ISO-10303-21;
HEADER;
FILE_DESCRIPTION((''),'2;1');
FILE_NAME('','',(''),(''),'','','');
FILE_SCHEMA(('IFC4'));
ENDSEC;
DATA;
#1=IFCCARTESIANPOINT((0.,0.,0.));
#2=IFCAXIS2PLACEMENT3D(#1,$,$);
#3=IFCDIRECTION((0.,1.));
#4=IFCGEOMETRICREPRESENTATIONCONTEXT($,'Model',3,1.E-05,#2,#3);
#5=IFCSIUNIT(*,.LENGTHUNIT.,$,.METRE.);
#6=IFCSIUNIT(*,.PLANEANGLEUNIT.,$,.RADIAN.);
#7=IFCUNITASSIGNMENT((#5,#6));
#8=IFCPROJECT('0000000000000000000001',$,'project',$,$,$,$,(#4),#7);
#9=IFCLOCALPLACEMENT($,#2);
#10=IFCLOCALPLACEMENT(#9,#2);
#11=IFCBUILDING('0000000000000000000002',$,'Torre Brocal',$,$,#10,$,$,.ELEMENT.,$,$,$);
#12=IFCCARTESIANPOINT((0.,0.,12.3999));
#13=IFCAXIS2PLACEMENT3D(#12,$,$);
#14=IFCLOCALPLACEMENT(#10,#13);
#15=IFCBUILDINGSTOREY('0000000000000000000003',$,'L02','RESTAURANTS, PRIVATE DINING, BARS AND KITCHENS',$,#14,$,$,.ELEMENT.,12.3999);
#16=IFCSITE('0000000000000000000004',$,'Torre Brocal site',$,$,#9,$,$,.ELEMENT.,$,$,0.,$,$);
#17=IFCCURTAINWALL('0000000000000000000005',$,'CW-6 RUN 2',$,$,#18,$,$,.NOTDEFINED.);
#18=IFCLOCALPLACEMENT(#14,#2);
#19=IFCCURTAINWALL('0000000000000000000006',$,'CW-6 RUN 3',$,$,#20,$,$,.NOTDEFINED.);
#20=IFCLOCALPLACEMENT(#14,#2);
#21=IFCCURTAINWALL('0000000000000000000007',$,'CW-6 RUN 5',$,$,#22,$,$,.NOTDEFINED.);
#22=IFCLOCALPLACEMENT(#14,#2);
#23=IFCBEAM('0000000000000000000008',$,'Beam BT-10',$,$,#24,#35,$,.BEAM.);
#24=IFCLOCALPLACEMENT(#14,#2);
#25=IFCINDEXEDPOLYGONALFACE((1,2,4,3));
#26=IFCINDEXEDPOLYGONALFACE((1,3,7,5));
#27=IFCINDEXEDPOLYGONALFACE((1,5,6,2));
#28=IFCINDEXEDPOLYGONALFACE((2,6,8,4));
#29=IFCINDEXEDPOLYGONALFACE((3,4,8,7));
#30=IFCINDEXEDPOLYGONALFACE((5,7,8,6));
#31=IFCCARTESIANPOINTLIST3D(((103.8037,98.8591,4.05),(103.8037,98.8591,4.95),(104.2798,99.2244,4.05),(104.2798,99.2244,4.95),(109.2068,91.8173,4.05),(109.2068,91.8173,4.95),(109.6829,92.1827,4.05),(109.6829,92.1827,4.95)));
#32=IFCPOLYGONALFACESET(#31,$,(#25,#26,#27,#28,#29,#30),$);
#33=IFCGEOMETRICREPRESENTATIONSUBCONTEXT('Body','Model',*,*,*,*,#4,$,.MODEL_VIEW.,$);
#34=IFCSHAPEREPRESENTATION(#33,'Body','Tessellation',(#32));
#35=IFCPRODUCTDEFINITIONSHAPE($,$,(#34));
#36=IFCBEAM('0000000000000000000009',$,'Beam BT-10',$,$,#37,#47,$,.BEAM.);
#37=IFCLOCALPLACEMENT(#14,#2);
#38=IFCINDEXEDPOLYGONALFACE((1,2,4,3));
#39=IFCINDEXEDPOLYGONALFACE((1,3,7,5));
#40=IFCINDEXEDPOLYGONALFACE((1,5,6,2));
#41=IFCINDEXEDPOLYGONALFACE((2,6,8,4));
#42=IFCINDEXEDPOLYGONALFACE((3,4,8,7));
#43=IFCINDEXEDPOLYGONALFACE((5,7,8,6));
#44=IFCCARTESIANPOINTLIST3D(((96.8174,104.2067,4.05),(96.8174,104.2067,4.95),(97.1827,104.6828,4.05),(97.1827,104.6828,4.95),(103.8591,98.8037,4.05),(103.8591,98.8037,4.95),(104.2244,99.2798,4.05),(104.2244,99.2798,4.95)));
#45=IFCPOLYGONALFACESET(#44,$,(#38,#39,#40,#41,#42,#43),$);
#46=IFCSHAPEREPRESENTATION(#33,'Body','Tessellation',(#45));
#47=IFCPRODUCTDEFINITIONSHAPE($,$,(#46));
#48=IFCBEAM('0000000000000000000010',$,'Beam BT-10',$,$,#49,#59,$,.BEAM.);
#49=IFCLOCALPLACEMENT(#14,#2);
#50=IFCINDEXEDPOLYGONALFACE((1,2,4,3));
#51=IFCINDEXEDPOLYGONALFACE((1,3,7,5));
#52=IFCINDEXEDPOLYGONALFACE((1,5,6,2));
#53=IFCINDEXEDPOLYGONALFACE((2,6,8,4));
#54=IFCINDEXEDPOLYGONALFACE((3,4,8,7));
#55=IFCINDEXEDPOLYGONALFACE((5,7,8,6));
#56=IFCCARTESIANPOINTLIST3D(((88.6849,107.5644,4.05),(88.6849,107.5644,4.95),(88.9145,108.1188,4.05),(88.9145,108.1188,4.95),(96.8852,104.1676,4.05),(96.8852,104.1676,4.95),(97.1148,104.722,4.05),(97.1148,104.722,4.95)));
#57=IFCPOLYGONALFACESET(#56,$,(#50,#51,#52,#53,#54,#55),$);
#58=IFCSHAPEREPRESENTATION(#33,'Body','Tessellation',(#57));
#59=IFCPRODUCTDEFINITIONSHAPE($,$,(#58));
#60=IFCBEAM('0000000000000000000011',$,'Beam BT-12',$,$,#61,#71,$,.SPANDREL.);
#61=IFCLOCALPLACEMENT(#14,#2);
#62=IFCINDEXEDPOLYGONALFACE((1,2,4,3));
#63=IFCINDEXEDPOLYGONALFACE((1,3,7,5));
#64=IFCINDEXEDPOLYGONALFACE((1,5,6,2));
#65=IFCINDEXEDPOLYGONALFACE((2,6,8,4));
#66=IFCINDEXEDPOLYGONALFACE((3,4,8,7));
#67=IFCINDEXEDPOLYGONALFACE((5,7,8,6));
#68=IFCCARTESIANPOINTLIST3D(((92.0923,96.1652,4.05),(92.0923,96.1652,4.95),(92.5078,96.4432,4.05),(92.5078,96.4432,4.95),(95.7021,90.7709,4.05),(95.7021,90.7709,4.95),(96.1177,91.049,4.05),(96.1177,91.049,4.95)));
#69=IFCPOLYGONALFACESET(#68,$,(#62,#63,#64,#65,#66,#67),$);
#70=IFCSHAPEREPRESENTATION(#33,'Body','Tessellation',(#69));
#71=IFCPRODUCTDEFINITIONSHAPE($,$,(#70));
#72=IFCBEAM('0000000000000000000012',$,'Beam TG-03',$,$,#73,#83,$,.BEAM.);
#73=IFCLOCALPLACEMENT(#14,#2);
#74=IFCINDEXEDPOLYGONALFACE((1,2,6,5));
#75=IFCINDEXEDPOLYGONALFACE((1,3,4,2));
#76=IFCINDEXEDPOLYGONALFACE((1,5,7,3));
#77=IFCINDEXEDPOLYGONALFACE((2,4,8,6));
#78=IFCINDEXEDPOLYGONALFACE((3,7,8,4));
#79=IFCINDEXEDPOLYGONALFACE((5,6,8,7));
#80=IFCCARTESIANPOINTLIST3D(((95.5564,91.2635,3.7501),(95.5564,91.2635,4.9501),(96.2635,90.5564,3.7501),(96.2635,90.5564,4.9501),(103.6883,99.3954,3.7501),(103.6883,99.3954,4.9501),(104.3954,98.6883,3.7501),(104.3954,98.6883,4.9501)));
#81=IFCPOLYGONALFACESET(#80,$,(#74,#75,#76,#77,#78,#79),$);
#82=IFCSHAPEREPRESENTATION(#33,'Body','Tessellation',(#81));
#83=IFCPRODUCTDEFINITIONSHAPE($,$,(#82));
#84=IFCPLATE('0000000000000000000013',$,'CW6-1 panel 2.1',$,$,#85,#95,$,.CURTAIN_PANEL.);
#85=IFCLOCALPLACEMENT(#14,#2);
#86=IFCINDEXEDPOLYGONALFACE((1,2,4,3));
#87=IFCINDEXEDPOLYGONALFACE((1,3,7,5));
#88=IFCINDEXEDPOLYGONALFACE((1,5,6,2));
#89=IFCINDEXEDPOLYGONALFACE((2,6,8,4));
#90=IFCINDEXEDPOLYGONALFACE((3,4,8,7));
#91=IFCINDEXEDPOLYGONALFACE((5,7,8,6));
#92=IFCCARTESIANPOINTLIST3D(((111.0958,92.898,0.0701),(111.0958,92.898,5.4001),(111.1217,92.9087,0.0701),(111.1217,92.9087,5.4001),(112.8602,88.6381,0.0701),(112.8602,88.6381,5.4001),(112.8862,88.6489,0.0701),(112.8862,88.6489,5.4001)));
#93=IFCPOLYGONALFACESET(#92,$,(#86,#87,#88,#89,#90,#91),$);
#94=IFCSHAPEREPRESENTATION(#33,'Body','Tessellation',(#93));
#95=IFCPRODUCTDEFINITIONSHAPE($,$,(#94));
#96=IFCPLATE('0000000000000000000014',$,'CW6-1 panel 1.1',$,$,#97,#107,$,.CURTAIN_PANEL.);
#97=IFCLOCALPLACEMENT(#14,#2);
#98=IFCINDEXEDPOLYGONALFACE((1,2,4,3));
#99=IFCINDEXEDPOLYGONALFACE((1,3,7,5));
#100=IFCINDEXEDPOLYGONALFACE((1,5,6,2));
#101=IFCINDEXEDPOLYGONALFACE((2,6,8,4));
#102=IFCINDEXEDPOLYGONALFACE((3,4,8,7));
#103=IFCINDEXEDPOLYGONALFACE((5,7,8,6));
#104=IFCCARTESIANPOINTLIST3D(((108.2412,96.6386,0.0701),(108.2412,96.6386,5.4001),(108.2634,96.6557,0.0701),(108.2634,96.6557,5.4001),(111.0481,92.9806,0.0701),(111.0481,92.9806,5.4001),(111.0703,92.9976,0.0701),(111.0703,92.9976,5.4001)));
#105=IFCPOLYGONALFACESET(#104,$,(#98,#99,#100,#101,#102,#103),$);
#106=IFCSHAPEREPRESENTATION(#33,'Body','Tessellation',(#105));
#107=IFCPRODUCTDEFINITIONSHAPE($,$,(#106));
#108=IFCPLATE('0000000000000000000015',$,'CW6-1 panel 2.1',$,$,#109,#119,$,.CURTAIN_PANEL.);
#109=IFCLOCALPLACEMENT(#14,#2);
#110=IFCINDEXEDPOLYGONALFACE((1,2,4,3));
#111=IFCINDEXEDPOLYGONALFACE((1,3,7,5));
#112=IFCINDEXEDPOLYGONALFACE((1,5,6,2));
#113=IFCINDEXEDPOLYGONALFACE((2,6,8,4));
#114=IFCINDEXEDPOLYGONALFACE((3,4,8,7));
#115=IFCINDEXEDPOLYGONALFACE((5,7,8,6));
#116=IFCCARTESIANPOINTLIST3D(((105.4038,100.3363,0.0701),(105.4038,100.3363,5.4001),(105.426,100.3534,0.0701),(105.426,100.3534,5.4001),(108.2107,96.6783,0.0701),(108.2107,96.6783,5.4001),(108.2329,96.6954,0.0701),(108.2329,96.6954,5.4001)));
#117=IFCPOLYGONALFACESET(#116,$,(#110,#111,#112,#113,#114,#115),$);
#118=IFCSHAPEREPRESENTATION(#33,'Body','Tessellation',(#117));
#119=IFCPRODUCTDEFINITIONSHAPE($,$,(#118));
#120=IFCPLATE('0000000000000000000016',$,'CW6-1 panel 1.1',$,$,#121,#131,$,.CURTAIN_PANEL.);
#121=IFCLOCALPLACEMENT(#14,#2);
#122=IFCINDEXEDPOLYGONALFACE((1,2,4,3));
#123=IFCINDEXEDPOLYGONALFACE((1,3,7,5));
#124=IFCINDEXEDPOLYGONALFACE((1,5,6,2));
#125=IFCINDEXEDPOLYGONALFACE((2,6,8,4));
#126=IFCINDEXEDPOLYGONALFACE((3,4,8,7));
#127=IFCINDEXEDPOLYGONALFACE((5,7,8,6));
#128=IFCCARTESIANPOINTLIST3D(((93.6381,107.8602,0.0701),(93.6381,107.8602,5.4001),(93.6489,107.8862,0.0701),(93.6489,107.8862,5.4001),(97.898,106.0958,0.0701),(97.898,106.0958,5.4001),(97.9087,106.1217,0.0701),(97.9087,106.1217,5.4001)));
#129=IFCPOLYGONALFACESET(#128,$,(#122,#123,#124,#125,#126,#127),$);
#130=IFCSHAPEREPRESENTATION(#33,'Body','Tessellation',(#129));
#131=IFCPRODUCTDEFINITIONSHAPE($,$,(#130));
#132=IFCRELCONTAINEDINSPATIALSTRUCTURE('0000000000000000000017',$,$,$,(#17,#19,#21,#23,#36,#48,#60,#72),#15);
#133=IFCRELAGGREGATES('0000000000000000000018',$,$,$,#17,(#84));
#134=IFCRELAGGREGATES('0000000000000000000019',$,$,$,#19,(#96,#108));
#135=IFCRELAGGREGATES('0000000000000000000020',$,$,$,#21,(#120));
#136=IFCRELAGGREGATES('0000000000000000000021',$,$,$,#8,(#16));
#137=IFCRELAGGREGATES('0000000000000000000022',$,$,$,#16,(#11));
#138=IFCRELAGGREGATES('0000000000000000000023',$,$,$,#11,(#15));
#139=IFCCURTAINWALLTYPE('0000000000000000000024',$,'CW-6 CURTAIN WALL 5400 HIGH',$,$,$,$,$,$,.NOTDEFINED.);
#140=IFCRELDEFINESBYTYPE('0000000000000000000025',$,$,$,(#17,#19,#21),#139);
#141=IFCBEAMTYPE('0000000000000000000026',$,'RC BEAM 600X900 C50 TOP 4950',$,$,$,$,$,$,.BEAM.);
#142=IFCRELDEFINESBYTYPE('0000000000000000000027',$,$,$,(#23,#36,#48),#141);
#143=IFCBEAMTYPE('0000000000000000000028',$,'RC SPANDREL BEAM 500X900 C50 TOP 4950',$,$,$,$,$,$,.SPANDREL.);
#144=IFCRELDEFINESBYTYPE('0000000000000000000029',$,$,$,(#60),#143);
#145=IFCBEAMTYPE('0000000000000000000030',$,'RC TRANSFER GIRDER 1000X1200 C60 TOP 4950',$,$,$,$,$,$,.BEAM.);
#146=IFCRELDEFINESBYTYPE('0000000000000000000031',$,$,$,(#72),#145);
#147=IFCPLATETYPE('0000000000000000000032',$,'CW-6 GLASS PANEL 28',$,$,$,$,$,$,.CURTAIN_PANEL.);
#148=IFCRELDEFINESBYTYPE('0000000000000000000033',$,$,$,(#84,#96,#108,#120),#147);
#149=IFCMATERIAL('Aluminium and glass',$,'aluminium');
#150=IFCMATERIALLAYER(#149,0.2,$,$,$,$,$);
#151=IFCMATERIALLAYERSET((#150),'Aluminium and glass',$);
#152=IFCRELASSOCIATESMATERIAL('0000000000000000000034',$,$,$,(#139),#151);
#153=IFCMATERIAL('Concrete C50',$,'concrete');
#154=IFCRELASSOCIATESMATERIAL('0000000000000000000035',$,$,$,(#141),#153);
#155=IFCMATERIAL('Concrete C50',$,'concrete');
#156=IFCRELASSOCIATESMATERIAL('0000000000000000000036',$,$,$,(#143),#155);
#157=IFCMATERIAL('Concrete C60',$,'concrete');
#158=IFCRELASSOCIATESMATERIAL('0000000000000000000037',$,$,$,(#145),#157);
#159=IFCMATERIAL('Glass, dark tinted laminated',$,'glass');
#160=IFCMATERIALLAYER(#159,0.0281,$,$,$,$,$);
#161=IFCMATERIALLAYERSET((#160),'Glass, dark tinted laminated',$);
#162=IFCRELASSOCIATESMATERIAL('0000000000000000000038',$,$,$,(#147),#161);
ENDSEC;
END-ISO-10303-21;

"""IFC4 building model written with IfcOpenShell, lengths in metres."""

from ifc_helpers import new_model, si_unit, direction, frame, origin, origin_2d, place, context, subcontext, project, spatial, rectangle, extrude, material, layer, layer_set, material_profile, profile_set, type_object, element, aggregate, save


model = new_model("IFC4")

# Units and contexts
model_context = context("Model", 3, precision=1e-05, world=origin(), true_north=direction((0.0, 1.0)))
body_context = subcontext(model_context, "Body", "Model", "MODEL_VIEW")
ifc_project = project(units=[si_unit("LENGTHUNIT", "METRE"), si_unit("PLANEANGLEUNIT", "RADIAN")], contexts=[model_context])

# Site, building, storey
site_placement = place(None, origin())
site = spatial("IfcSite", under=ifc_project, at=site_placement, Name="Torre Brocal site", CompositionType="ELEMENT", RefElevation=0.0)
building_placement = place(site_placement, origin())
building = spatial("IfcBuilding", under=site, at=building_placement, Name="Torre Brocal", CompositionType="ELEMENT")
storey_placement = place(building_placement, frame((0.0, 0.0, 12.3999)))
storey = spatial("IfcBuildingStorey", under=building, at=storey_placement, Name="L02", Description="RESTAURANTS, PRIVATE DINING, BARS AND KITCHENS", CompositionType="ELEMENT", Elevation=12.3999)

# Curtain wall
ifc_material_1 = material(Name="Aluminium and glass", Category="aluminium")
ifc_layer_1 = layer(ifc_material_1, 0.2)
ifc_layer_set_1 = layer_set([ifc_layer_1], Name="Aluminium and glass")
curtain_wall_type = type_object("IfcCurtainWallType", Name="CW-6 CURTAIN WALL 5400 HIGH", PredefinedType="NOTDEFINED", material=ifc_layer_set_1)
curtain_wall_1_placement = place(storey_placement, origin())
curtain_wall_1 = element("IfcCurtainWall", 1, at=curtain_wall_1_placement, inside=storey, type_object=curtain_wall_type, Name="CW-6 RUN 2", PredefinedType="NOTDEFINED")

# Curtain walls
curtain_wall_2_placement = place(storey_placement, origin())
curtain_wall_2 = element("IfcCurtainWall", 2, at=curtain_wall_2_placement, inside=storey, type_object=curtain_wall_type, Name="CW-6 RUN 3", PredefinedType="NOTDEFINED")
curtain_wall_3_placement = place(storey_placement, origin())
curtain_wall_3 = element("IfcCurtainWall", 3, at=curtain_wall_3_placement, inside=storey, type_object=curtain_wall_type, Name="CW-6 RUN 5", PredefinedType="NOTDEFINED")

# Beams
ifc_material_2 = material(Name="Concrete C50", Category="concrete")
ifc_material_profile_1 = material_profile(ifc_material_2, rectangle(XDim=0.6001, YDim=0.8999, at=origin_2d()), Name="RC 600X900")
ifc_profile_set_1 = profile_set([ifc_material_profile_1], Name="Concrete C50")
beam_type_1 = type_object("IfcBeamType", Name="RC BEAM 600X900 C50 TOP 4950", PredefinedType="BEAM", material=ifc_profile_set_1)
for number, where, z_axis, x_axis, name in (
    (4, (109.4448, 92.0, 4.5), (-0.608744, 0.793367, 0.0), (-0.793367, -0.608744, 0.0), "Beam BT-10"),
    (5, (104.0417, 99.0417, 4.5), (-0.793367, 0.608744, 0.0), (-0.608744, -0.793367, 0.0), "Beam BT-10"),
):
    element("IfcBeam", number, at=place(storey_placement, frame(where, z_axis=z_axis, x_axis=x_axis)), inside=storey, type_object=beam_type_1, Name=name, PredefinedType="BEAM", context=body_context, shape_type="SweptSolid", body=[
        extrude(rectangle(XDim=0.6001, YDim=0.8999, at=origin_2d()), origin(), (0.0, 0.0, 1.0), 8.8757),
    ])
beam_1_placement = place(storey_placement, frame((97.0, 104.4448, 4.5), z_axis=(-0.923876, 0.382693, 0.0), x_axis=(-0.382693, -0.923876, 0.0)))
element("IfcBeam", 6, at=beam_1_placement, inside=storey, type_object=beam_type_1, Name="Beam BT-10", PredefinedType="BEAM", context=body_context, shape_type="SweptSolid", body=[
    extrude(rectangle(XDim=0.6001, YDim=0.8999, at=origin_2d()), origin(), (0.0, 0.0, 1.0), 8.876),
])
ifc_material_3 = material(Name="Concrete C50", Category="concrete")
ifc_material_profile_2 = material_profile(ifc_material_3, rectangle(XDim=0.5, YDim=0.8999, at=origin_2d()), Name="RC 500X900")
ifc_profile_set_2 = profile_set([ifc_material_profile_2], Name="Concrete C50")
beam_type_2 = type_object("IfcBeamType", Name="RC SPANDREL BEAM 500X900 C50 TOP 4950", PredefinedType="SPANDREL", material=ifc_profile_set_2)
beam_2_placement = place(storey_placement, frame((95.9099, 90.9099, 4.5), z_axis=(-0.556158, 0.831077, 0.0), x_axis=(-0.831077, -0.556158, 0.0)))
element("IfcBeam", 7, at=beam_2_placement, inside=storey, type_object=beam_type_2, Name="Beam BT-12", PredefinedType="SPANDREL", context=body_context, shape_type="SweptSolid", body=[
    extrude(rectangle(XDim=0.5, YDim=0.8999, at=origin_2d()), origin(), (0.0, 0.0, 1.0), 6.4907),
])
ifc_material_4 = material(Name="Concrete C60", Category="concrete")
ifc_material_profile_3 = material_profile(ifc_material_4, rectangle(XDim=1.0, YDim=1.2, at=origin_2d()), Name="RC 1000X1200")
ifc_profile_set_3 = profile_set([ifc_material_profile_3], Name="Concrete C60")
beam_type_3 = type_object("IfcBeamType", Name="RC TRANSFER GIRDER 1000X1200 C60 TOP 4950", PredefinedType="BEAM", material=ifc_profile_set_3)
beam_3_placement = place(storey_placement, frame((95.9099, 90.9099, 4.3501), z_axis=(0.707107, 0.707107, 0.0), x_axis=(-0.707107, 0.707107, 0.0)))
element("IfcBeam", 8, at=beam_3_placement, inside=storey, type_object=beam_type_3, Name="Beam TG-03", PredefinedType="BEAM", context=body_context, shape_type="SweptSolid", body=[
    extrude(rectangle(XDim=1.0, YDim=1.2, at=origin_2d()), origin(), (0.0, 0.0, 1.0), 11.5002),
])

# Plates
ifc_material_5 = material(Name="Glass, dark tinted laminated", Category="glass")
ifc_layer_2 = layer(ifc_material_5, 0.0281)
ifc_layer_set_2 = layer_set([ifc_layer_2], Name="Glass, dark tinted laminated")
plate_type = type_object("IfcPlateType", Name="CW-6 GLASS PANEL 28", PredefinedType="CURTAIN_PANEL", material=ifc_layer_set_2)
plate_1_placement = place(storey_placement, frame((111.991, 90.7734, 0.0701), z_axis=(0.0, 0.0, 1.0), x_axis=(-0.382683, 0.92388, 0.0)))
plate_1 = element("IfcPlate", 9, at=plate_1_placement, type_object=plate_type, Name="CW6-1 panel 2.1", PredefinedType="CURTAIN_PANEL", context=body_context, shape_type="SweptSolid", body=[
    extrude(rectangle(XDim=4.6108, YDim=0.0281, at=origin_2d()), origin(), (0.0, 0.0, 1.0), 5.3301),
])
aggregate(curtain_wall_1, [plate_1])
plate_2_placement = place(storey_placement, frame((109.6558, 94.8181, 0.0701), z_axis=(0.0, 0.0, 1.0), x_axis=(-0.608761, 0.793353, 0.0)))
plate_2 = element("IfcPlate", 10, at=plate_2_placement, type_object=plate_type, Name="CW6-1 panel 1.1", PredefinedType="CURTAIN_PANEL", context=body_context, shape_type="SweptSolid", body=[
    extrude(rectangle(XDim=4.6108, YDim=0.0281, at=origin_2d()), origin(), (0.0, 0.0, 1.0), 5.3301),
])
plate_3_placement = place(storey_placement, frame((106.8184, 98.5159, 0.0701), z_axis=(0.0, 0.0, 1.0), x_axis=(-0.608761, 0.793353, 0.0)))
plate_3 = element("IfcPlate", 11, at=plate_3_placement, type_object=plate_type, Name="CW6-1 panel 2.1", PredefinedType="CURTAIN_PANEL", context=body_context, shape_type="SweptSolid", body=[
    extrude(rectangle(XDim=4.6108, YDim=0.0281, at=origin_2d()), origin(), (0.0, 0.0, 1.0), 5.3301),
])
aggregate(curtain_wall_2, [plate_2, plate_3])
plate_4_placement = place(storey_placement, frame((95.7734, 106.991, 0.0701), z_axis=(0.0, 0.0, 1.0), x_axis=(-0.92388, 0.382683, 0.0)))
plate_4 = element("IfcPlate", 12, at=plate_4_placement, type_object=plate_type, Name="CW6-1 panel 1.1", PredefinedType="CURTAIN_PANEL", context=body_context, shape_type="SweptSolid", body=[
    extrude(rectangle(XDim=4.6108, YDim=0.0281, at=origin_2d()), origin(), (0.0, 0.0, 1.0), 5.3301),
])
aggregate(curtain_wall_3, [plate_4])

save(model, "model.ifc")
